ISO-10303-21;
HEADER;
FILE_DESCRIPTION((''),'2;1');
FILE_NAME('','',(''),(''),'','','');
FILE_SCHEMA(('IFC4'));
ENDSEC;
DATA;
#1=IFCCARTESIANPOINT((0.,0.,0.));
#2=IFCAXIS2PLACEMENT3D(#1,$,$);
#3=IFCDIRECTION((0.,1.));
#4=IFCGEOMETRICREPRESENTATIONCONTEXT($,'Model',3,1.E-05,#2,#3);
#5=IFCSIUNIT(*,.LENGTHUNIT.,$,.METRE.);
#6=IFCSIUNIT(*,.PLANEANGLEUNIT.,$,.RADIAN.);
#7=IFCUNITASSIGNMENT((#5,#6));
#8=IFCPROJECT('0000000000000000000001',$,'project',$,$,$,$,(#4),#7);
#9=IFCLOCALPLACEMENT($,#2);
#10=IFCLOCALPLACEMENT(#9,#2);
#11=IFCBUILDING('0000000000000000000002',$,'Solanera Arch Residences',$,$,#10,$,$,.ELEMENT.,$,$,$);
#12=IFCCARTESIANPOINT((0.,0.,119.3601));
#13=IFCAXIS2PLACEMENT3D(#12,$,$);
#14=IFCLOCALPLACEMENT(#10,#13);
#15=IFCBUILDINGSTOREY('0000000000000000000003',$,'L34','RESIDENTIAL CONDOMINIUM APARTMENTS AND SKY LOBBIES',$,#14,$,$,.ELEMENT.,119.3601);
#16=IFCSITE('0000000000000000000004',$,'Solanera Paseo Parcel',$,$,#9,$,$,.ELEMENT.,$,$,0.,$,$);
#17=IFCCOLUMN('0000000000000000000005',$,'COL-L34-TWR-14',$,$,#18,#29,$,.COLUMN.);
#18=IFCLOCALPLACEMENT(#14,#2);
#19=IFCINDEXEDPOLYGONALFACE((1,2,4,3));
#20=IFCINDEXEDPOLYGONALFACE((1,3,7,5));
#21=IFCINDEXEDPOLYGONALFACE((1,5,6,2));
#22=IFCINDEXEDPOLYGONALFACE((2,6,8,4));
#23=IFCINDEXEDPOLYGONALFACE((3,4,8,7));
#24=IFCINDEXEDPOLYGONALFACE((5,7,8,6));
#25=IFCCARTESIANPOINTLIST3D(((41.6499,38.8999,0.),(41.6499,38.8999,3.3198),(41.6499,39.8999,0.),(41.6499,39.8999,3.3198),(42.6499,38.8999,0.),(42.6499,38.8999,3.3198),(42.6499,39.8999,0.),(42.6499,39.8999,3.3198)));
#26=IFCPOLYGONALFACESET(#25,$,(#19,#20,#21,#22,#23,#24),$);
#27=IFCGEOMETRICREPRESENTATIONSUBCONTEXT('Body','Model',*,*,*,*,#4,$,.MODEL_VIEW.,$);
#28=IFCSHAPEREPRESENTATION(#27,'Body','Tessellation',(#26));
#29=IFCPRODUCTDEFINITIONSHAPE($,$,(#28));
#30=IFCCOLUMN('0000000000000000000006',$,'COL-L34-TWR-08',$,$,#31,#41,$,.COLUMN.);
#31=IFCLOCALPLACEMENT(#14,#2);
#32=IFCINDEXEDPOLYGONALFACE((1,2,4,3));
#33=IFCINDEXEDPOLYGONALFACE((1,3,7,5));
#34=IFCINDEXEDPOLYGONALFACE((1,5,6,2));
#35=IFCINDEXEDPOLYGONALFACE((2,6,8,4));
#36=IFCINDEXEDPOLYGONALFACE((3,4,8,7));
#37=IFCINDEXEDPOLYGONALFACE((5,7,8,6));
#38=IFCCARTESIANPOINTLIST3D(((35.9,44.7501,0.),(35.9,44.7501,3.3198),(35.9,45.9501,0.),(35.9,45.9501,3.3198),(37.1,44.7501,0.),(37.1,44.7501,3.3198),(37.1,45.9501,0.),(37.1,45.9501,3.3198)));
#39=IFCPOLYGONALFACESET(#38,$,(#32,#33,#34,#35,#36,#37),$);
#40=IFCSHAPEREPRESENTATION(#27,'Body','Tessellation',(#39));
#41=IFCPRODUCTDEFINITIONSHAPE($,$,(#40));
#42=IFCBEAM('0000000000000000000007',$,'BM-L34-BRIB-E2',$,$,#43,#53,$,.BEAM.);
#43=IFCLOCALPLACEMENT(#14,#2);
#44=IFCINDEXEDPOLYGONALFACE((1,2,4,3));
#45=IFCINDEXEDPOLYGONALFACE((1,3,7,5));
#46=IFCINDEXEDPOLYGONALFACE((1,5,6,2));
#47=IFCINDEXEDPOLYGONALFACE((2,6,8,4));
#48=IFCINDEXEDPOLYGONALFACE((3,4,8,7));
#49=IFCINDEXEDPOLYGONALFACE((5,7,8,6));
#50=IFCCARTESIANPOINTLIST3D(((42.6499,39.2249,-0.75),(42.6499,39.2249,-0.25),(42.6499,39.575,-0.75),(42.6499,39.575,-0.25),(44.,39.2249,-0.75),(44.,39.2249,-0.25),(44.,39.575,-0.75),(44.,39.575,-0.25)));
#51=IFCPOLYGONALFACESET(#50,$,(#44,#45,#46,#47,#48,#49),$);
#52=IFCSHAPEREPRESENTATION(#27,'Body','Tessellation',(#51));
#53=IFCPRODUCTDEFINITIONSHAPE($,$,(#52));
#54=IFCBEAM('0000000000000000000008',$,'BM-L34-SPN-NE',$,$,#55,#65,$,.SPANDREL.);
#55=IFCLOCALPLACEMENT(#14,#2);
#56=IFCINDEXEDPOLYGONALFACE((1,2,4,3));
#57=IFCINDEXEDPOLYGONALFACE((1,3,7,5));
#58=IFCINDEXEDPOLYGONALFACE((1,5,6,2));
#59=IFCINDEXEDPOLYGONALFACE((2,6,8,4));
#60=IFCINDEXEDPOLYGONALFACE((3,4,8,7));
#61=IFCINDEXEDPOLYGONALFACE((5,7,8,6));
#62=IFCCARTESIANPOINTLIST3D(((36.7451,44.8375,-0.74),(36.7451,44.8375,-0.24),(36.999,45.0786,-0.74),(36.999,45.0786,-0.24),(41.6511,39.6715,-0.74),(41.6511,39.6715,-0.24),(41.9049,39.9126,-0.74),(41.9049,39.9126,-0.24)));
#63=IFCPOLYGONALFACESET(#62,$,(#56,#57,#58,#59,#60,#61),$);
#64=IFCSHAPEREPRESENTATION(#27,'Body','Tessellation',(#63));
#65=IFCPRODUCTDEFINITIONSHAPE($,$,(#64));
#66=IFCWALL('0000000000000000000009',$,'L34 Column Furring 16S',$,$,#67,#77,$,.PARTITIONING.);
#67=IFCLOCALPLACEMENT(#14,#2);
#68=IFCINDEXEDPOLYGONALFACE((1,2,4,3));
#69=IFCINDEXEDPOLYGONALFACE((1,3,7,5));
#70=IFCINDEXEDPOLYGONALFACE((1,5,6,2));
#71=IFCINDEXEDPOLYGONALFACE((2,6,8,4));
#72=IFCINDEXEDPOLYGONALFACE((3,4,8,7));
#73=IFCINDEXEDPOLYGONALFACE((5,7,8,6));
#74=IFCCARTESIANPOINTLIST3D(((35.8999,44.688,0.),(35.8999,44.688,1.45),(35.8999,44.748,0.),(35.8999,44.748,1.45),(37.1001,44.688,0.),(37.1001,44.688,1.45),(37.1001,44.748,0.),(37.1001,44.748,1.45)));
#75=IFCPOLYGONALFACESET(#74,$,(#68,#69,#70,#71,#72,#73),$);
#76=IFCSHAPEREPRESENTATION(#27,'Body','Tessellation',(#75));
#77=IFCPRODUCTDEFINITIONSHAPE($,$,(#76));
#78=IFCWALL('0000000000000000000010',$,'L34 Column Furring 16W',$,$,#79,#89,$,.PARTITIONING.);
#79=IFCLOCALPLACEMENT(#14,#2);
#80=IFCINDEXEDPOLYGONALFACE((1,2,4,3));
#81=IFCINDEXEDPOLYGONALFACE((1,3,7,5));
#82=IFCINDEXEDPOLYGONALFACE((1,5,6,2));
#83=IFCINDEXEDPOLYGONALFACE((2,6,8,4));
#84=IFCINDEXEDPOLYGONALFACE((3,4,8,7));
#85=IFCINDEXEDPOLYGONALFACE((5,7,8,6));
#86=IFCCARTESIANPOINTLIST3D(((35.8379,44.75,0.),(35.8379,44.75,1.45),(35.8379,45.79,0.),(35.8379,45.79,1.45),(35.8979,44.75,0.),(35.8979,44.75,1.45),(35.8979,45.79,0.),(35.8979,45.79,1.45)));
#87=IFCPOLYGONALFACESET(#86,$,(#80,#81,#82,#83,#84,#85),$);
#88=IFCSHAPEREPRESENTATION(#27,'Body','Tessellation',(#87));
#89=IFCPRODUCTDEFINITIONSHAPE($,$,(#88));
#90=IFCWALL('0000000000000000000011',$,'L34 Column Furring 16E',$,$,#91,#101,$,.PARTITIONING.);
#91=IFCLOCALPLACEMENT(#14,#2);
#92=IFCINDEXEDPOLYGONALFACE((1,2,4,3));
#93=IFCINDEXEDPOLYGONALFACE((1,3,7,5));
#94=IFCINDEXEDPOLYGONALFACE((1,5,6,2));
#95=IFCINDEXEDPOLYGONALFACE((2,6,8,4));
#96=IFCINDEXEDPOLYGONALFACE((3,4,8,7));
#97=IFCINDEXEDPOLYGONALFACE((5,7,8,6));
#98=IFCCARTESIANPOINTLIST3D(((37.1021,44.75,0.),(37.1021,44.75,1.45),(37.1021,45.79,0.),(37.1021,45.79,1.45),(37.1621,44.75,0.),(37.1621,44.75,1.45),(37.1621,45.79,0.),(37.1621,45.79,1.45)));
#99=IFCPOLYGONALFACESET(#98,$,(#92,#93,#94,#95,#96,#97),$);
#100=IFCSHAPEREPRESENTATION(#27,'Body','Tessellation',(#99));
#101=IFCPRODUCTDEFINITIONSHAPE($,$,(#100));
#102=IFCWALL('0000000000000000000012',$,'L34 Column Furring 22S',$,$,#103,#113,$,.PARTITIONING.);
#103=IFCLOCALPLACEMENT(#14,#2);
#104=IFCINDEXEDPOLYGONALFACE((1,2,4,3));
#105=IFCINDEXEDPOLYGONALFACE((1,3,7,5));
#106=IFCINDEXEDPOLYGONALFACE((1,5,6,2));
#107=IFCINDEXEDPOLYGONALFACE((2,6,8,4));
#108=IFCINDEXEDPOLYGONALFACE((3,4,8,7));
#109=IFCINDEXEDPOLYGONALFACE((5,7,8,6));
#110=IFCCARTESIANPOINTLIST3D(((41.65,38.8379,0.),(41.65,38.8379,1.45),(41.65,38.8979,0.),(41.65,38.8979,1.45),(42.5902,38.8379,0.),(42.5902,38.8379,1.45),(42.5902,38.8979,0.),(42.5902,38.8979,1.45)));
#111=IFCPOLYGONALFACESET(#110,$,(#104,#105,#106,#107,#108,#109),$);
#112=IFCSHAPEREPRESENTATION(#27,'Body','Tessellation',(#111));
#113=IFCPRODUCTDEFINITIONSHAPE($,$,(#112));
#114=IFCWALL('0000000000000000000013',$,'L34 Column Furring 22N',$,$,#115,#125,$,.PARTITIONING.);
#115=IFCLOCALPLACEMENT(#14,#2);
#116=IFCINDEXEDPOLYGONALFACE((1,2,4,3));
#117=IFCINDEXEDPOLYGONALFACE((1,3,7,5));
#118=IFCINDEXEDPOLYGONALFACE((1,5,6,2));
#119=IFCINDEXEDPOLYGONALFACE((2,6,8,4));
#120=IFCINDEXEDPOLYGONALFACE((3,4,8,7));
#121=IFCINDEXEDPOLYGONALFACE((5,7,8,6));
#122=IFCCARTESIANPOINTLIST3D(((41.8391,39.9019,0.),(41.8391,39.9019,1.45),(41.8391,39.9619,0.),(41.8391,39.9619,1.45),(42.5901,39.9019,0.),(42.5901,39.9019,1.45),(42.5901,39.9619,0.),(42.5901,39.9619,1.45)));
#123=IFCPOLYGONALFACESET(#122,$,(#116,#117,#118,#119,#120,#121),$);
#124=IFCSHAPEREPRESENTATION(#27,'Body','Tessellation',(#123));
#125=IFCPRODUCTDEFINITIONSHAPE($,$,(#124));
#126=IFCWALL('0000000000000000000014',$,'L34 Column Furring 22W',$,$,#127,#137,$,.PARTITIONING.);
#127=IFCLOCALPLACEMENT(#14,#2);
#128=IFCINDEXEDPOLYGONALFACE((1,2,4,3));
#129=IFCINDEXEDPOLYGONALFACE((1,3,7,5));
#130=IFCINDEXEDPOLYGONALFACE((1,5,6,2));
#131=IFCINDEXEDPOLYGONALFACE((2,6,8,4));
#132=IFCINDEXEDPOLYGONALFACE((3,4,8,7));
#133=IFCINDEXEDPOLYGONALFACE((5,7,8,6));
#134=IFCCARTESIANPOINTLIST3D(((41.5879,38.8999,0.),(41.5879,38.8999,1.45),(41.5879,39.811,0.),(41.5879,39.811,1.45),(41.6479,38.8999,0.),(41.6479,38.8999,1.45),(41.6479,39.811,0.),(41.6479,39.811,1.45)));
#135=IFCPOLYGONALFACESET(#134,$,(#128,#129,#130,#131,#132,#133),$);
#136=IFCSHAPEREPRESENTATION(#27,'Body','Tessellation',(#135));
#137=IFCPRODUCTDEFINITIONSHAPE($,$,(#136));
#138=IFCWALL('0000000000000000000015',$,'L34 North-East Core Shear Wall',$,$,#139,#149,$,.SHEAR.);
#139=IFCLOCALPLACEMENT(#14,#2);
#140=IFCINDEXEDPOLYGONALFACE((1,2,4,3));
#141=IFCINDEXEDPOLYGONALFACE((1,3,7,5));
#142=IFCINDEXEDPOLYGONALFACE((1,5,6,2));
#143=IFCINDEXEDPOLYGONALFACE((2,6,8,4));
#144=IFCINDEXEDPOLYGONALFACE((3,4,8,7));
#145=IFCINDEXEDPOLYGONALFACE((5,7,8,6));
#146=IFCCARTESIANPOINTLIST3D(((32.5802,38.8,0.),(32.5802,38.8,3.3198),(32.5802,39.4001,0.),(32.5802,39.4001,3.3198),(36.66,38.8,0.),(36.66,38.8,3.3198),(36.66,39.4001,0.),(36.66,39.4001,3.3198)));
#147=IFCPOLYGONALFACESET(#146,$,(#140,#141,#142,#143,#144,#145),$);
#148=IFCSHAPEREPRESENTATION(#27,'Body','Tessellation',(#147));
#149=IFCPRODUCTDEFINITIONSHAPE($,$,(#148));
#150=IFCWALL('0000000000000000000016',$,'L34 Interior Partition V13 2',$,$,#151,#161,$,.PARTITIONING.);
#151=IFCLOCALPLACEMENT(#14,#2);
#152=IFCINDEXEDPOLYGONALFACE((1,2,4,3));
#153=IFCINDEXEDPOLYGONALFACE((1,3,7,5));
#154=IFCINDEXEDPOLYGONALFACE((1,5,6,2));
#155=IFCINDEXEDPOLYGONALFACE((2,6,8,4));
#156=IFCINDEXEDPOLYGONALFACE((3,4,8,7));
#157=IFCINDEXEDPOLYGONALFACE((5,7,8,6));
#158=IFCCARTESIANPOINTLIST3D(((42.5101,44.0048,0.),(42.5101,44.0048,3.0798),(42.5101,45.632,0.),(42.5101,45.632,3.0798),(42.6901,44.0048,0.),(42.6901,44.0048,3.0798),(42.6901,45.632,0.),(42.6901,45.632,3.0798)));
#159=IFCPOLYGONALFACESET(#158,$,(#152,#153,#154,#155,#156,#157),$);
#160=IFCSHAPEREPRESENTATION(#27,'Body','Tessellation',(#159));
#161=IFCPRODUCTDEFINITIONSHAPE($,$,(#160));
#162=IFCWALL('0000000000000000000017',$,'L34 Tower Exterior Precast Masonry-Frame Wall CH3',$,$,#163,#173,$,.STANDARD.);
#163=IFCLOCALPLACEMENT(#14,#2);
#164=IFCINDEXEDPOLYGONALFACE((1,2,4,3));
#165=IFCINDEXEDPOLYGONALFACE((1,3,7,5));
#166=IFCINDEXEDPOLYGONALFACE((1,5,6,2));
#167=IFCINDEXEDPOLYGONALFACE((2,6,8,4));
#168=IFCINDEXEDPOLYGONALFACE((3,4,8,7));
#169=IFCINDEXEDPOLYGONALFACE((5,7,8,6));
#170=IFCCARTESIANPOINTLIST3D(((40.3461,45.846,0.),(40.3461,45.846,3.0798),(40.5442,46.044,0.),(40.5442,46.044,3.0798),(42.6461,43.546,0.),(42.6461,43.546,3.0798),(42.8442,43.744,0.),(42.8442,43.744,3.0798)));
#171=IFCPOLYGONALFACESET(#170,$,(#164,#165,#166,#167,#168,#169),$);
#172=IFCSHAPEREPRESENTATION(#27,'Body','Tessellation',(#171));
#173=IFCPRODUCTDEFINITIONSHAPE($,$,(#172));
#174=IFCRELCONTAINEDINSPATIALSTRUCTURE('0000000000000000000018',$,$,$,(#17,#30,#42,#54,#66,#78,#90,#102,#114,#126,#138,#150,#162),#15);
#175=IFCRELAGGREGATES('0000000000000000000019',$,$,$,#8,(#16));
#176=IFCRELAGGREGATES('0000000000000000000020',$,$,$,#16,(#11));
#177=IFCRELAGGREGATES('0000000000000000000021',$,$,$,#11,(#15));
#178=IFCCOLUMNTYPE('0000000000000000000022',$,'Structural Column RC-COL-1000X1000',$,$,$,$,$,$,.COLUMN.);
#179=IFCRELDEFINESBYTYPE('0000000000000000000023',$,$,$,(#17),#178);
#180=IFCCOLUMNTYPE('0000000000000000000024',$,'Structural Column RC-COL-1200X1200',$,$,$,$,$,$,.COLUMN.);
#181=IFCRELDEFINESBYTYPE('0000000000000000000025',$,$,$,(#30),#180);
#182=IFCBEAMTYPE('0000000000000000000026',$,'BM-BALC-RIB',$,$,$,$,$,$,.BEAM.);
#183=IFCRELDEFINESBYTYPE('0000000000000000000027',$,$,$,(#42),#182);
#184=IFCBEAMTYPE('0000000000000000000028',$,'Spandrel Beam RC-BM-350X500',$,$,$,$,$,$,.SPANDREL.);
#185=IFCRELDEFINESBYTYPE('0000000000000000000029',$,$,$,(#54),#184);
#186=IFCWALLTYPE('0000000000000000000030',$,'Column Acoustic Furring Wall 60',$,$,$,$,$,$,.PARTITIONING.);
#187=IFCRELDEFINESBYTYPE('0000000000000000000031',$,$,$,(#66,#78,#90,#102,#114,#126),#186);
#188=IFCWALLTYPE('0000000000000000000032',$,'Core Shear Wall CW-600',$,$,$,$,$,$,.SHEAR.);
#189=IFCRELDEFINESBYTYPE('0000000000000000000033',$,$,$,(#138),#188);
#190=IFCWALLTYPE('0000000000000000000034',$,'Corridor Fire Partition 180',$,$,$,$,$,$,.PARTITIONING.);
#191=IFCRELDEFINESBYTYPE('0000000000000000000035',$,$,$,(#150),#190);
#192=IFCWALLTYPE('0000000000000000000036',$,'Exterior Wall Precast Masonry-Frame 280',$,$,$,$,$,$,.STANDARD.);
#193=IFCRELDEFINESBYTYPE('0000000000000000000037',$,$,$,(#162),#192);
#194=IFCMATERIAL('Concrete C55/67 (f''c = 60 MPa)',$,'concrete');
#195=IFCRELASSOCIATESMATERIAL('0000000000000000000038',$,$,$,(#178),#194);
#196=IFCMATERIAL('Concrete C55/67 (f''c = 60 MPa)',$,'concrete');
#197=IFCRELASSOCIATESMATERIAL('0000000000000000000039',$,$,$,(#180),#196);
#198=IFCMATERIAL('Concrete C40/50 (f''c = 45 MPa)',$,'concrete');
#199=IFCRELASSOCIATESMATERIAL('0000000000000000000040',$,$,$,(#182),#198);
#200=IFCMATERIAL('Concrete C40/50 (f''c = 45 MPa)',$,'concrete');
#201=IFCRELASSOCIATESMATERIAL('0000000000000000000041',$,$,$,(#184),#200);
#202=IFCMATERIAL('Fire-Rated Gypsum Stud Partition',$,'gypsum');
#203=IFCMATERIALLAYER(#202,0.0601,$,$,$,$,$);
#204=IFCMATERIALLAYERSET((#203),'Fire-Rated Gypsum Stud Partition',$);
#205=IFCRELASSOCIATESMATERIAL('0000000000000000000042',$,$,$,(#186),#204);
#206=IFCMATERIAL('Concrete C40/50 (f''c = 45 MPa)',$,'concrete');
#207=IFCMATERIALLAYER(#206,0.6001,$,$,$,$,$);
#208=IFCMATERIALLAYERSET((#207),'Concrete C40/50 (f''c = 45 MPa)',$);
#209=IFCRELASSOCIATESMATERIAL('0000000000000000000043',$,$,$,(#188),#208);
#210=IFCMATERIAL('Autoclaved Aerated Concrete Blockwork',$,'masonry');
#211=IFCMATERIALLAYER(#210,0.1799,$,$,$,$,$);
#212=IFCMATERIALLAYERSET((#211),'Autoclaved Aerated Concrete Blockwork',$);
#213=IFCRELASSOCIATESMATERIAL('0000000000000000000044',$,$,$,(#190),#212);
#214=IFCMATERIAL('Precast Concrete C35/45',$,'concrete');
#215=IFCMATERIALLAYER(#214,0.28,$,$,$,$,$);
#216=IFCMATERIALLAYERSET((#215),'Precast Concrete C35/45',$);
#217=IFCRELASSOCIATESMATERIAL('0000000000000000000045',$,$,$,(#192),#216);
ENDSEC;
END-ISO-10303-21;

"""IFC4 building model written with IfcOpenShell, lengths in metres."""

from ifc_helpers import new_model, si_unit, direction, frame, frame_2d, origin, origin_2d, place, context, subcontext, project, spatial, rectangle, extrude, material, layer, layer_set, material_profile, profile_set, type_object, element, save


model = new_model("IFC4")

# Units and contexts
model_context = context("Model", 3, precision=1e-05, world=origin(), true_north=direction((0.0, 1.0)))
body_context = subcontext(model_context, "Body", "Model", "MODEL_VIEW")
ifc_project = project(units=[si_unit("LENGTHUNIT", "METRE"), si_unit("PLANEANGLEUNIT", "RADIAN")], contexts=[model_context])

# Site, building, storey
site_placement = place(None, origin())
site = spatial("IfcSite", under=ifc_project, at=site_placement, Name="Solanera Paseo Parcel", CompositionType="ELEMENT", RefElevation=0.0)
building_placement = place(site_placement, origin())
building = spatial("IfcBuilding", under=site, at=building_placement, Name="Solanera Arch Residences", CompositionType="ELEMENT")
storey_placement = place(building_placement, frame((0.0, 0.0, 119.3601)))
storey = spatial("IfcBuildingStorey", under=building, at=storey_placement, Name="L34", Description="RESIDENTIAL CONDOMINIUM APARTMENTS AND SKY LOBBIES", CompositionType="ELEMENT", Elevation=119.3601)

# Columns
ifc_material_1 = material(Name="Concrete C55/67 (f'c = 60 MPa)", Category="concrete")
ifc_material_profile_1 = material_profile(ifc_material_1, rectangle(XDim=1.0, YDim=1.0, at=origin_2d()))
ifc_profile_set_1 = profile_set([ifc_material_profile_1], Name="Concrete C55/67 (f'c = 60 MPa)")
column_type_1 = type_object("IfcColumnType", Name="Structural Column RC-COL-1000X1000", PredefinedType="COLUMN", material=ifc_profile_set_1)
column_1_placement = place(storey_placement, frame((42.1499, 39.3999, 0.0), z_axis=(0.0, 0.0, 1.0), x_axis=(1.0, 0.0, 0.0)))
element("IfcColumn", 1, at=column_1_placement, inside=storey, type_object=column_type_1, Name="COL-L34-TWR-14", PredefinedType="COLUMN", context=body_context, shape_type="SweptSolid", body=[
    extrude(rectangle(XDim=1.0, YDim=1.0, at=origin_2d()), origin(), (0.0, 0.0, 1.0), 3.3198),
])
ifc_material_2 = material(Name="Concrete C55/67 (f'c = 60 MPa)", Category="concrete")
ifc_material_profile_2 = material_profile(ifc_material_2, rectangle(XDim=1.2, YDim=1.2, at=origin_2d()))
ifc_profile_set_2 = profile_set([ifc_material_profile_2], Name="Concrete C55/67 (f'c = 60 MPa)")
column_type_2 = type_object("IfcColumnType", Name="Structural Column RC-COL-1200X1200", PredefinedType="COLUMN", material=ifc_profile_set_2)
column_2_placement = place(storey_placement, frame((36.5, 45.3501, 0.0), z_axis=(0.0, 0.0, 1.0), x_axis=(1.0, 0.0, 0.0)))
element("IfcColumn", 2, at=column_2_placement, inside=storey, type_object=column_type_2, Name="COL-L34-TWR-08", PredefinedType="COLUMN", context=body_context, shape_type="SweptSolid", body=[
    extrude(rectangle(XDim=1.2, YDim=1.2, at=origin_2d()), origin(), (0.0, 0.0, 1.0), 3.3198),
])

# Beams
ifc_material_3 = material(Name="Concrete C40/50 (f'c = 45 MPa)", Category="concrete")
ifc_material_profile_3 = material_profile(ifc_material_3, rectangle(XDim=0.3501, YDim=0.5, at=origin_2d()))
ifc_profile_set_3 = profile_set([ifc_material_profile_3], Name="Concrete C40/50 (f'c = 45 MPa)")
beam_type_1 = type_object("IfcBeamType", Name="BM-BALC-RIB", PredefinedType="BEAM", material=ifc_profile_set_3)
beam_1_placement = place(storey_placement, frame((42.6499, 39.3999, -0.5), z_axis=(1.0, 0.0, 0.0), x_axis=(0.0, 1.0, 0.0)))
element("IfcBeam", 3, at=beam_1_placement, inside=storey, type_object=beam_type_1, Name="BM-L34-BRIB-E2", PredefinedType="BEAM", context=body_context, shape_type="SweptSolid", body=[
    extrude(rectangle(XDim=0.3501, YDim=0.5, at=origin_2d()), origin(), (0.0, 0.0, 1.0), 1.3501),
])
ifc_material_4 = material(Name="Concrete C40/50 (f'c = 45 MPa)", Category="concrete")
ifc_material_profile_4 = material_profile(ifc_material_4, rectangle(XDim=0.3501, YDim=0.5, at=origin_2d()))
ifc_profile_set_4 = profile_set([ifc_material_profile_4], Name="Concrete C40/50 (f'c = 45 MPa)")
beam_type_2 = type_object("IfcBeamType", Name="Spandrel Beam RC-BM-350X500", PredefinedType="SPANDREL", material=ifc_profile_set_4)
beam_2_placement = place(storey_placement, frame((36.8721, 44.958, -0.49), z_axis=(0.688623, -0.725119, 0.0), x_axis=(0.725119, 0.688623, 0.0)))
element("IfcBeam", 4, at=beam_2_placement, inside=storey, type_object=beam_type_2, Name="BM-L34-SPN-NE", PredefinedType="SPANDREL", context=body_context, shape_type="SweptSolid", body=[
    extrude(rectangle(XDim=0.3501, YDim=0.5, at=origin_2d()), origin(), (0.0, 0.0, 1.0), 7.1243),
])

# Walls
ifc_material_5 = material(Name="Fire-Rated Gypsum Stud Partition", Category="gypsum")
ifc_layer_1 = layer(ifc_material_5, 0.0601)
ifc_layer_set_1 = layer_set([ifc_layer_1], Name="Fire-Rated Gypsum Stud Partition")
wall_type_1 = type_object("IfcWallType", Name="Column Acoustic Furring Wall 60", PredefinedType="PARTITIONING", material=ifc_layer_set_1)
wall_1_placement = place(storey_placement, frame((35.8999, 44.718, 0.0), z_axis=(0.0, 0.0, 1.0), x_axis=(1.0, 0.0, 0.0)))
element("IfcWall", 5, at=wall_1_placement, inside=storey, type_object=wall_type_1, Name="L34 Column Furring 16S", PredefinedType="PARTITIONING", context=body_context, shape_type="SweptSolid", body=[
    extrude(rectangle(XDim=1.2002, YDim=0.0601, at=frame_2d((0.6001, 0.0))), origin(), (0.0, 0.0, 1.0), 1.45),
])
for number, where, z_axis, x_axis, name in (
    (6, (35.8679, 44.75, 0.0), (0.0, 0.0, 1.0), (0.0, 1.0, 0.0), "L34 Column Furring 16W"),
    (7, (37.1321, 44.75, 0.0), (0.0, 0.0, 1.0), (0.0, 1.0, 0.0), "L34 Column Furring 16E"),
):
    element("IfcWall", number, at=place(storey_placement, frame(where, z_axis=z_axis, x_axis=x_axis)), inside=storey, type_object=wall_type_1, Name=name, PredefinedType="PARTITIONING", context=body_context, shape_type="SweptSolid", body=[
        extrude(rectangle(XDim=1.04, YDim=0.0601, at=frame_2d((0.52, 0.0))), origin(), (0.0, 0.0, 1.0), 1.45),
    ])
wall_2_placement = place(storey_placement, frame((41.6499, 38.8679, 0.0), z_axis=(0.0, 0.0, 1.0), x_axis=(1.0, 0.0, 0.0)))
element("IfcWall", 8, at=wall_2_placement, inside=storey, type_object=wall_type_1, Name="L34 Column Furring 22S", PredefinedType="PARTITIONING", context=body_context, shape_type="SweptSolid", body=[
    extrude(rectangle(XDim=0.9402, YDim=0.0601, at=frame_2d((0.4702, 0.0))), origin(), (0.0, 0.0, 1.0), 1.45),
])
wall_3_placement = place(storey_placement, frame((41.8391, 39.9319, 0.0), z_axis=(0.0, 0.0, 1.0), x_axis=(1.0, 0.0, 0.0)))
element("IfcWall", 9, at=wall_3_placement, inside=storey, type_object=wall_type_1, Name="L34 Column Furring 22N", PredefinedType="PARTITIONING", context=body_context, shape_type="SweptSolid", body=[
    extrude(rectangle(XDim=0.751, YDim=0.0601, at=frame_2d((0.3755, 0.0))), origin(), (0.0, 0.0, 1.0), 1.45),
])
wall_4_placement = place(storey_placement, frame((41.6179, 38.8999, 0.0), z_axis=(0.0, 0.0, 1.0), x_axis=(0.0, 1.0, 0.0)))
element("IfcWall", 10, at=wall_4_placement, inside=storey, type_object=wall_type_1, Name="L34 Column Furring 22W", PredefinedType="PARTITIONING", context=body_context, shape_type="SweptSolid", body=[
    extrude(rectangle(XDim=0.9111, YDim=0.0601, at=frame_2d((0.4556, 0.0))), origin(), (0.0, 0.0, 1.0), 1.45),
])
ifc_material_6 = material(Name="Concrete C40/50 (f'c = 45 MPa)", Category="concrete")
ifc_layer_2 = layer(ifc_material_6, 0.6001)
ifc_layer_set_2 = layer_set([ifc_layer_2], Name="Concrete C40/50 (f'c = 45 MPa)")
wall_type_2 = type_object("IfcWallType", Name="Core Shear Wall CW-600", PredefinedType="SHEAR", material=ifc_layer_set_2)
wall_5_placement = place(storey_placement, frame((32.5801, 39.1001, 0.0), z_axis=(0.0, 0.0, 1.0), x_axis=(1.0, 0.0, 0.0)))
element("IfcWall", 11, at=wall_5_placement, inside=storey, type_object=wall_type_2, Name="L34 North-East Core Shear Wall", PredefinedType="SHEAR", context=body_context, shape_type="SweptSolid", body=[
    extrude(rectangle(XDim=4.0798, YDim=0.6001, at=frame_2d((2.04, 0.0))), origin(), (0.0, 0.0, 1.0), 3.3198),
])
ifc_material_7 = material(Name="Autoclaved Aerated Concrete Blockwork", Category="masonry")
ifc_layer_3 = layer(ifc_material_7, 0.1799)
ifc_layer_set_3 = layer_set([ifc_layer_3], Name="Autoclaved Aerated Concrete Blockwork")
wall_type_3 = type_object("IfcWallType", Name="Corridor Fire Partition 180", PredefinedType="PARTITIONING", material=ifc_layer_set_3)
wall_6_placement = place(storey_placement, frame((42.6001, 44.0049, 0.0), z_axis=(0.0, 0.0, 1.0), x_axis=(0.0, 1.0, 0.0)))
element("IfcWall", 12, at=wall_6_placement, inside=storey, type_object=wall_type_3, Name="L34 Interior Partition V13 2", PredefinedType="PARTITIONING", context=body_context, shape_type="SweptSolid", body=[
    extrude(rectangle(XDim=1.6272, YDim=0.1799, at=frame_2d((0.8135, 0.0))), origin(), (0.0, 0.0, 1.0), 3.0798),
])
ifc_material_8 = material(Name="Precast Concrete C35/45", Category="concrete")
ifc_layer_4 = layer(ifc_material_8, 0.28)
ifc_layer_set_4 = layer_set([ifc_layer_4], Name="Precast Concrete C35/45")
wall_type_4 = type_object("IfcWallType", Name="Exterior Wall Precast Masonry-Frame 280", PredefinedType="STANDARD", material=ifc_layer_set_4)
wall_7_placement = place(storey_placement, frame((40.4451, 45.9451, 0.0), z_axis=(0.0, 0.0, 1.0), x_axis=(0.707107, -0.707107, 0.0)))
element("IfcWall", 13, at=wall_7_placement, inside=storey, type_object=wall_type_4, Name="L34 Tower Exterior Precast Masonry-Frame Wall CH3", PredefinedType="STANDARD", context=body_context, shape_type="SweptSolid", body=[
    extrude(rectangle(XDim=3.2527, YDim=0.28, at=frame_2d((1.6265, 0.0))), origin(), (0.0, 0.0, 1.0), 3.0798),
])

save(model, "model.ifc")
